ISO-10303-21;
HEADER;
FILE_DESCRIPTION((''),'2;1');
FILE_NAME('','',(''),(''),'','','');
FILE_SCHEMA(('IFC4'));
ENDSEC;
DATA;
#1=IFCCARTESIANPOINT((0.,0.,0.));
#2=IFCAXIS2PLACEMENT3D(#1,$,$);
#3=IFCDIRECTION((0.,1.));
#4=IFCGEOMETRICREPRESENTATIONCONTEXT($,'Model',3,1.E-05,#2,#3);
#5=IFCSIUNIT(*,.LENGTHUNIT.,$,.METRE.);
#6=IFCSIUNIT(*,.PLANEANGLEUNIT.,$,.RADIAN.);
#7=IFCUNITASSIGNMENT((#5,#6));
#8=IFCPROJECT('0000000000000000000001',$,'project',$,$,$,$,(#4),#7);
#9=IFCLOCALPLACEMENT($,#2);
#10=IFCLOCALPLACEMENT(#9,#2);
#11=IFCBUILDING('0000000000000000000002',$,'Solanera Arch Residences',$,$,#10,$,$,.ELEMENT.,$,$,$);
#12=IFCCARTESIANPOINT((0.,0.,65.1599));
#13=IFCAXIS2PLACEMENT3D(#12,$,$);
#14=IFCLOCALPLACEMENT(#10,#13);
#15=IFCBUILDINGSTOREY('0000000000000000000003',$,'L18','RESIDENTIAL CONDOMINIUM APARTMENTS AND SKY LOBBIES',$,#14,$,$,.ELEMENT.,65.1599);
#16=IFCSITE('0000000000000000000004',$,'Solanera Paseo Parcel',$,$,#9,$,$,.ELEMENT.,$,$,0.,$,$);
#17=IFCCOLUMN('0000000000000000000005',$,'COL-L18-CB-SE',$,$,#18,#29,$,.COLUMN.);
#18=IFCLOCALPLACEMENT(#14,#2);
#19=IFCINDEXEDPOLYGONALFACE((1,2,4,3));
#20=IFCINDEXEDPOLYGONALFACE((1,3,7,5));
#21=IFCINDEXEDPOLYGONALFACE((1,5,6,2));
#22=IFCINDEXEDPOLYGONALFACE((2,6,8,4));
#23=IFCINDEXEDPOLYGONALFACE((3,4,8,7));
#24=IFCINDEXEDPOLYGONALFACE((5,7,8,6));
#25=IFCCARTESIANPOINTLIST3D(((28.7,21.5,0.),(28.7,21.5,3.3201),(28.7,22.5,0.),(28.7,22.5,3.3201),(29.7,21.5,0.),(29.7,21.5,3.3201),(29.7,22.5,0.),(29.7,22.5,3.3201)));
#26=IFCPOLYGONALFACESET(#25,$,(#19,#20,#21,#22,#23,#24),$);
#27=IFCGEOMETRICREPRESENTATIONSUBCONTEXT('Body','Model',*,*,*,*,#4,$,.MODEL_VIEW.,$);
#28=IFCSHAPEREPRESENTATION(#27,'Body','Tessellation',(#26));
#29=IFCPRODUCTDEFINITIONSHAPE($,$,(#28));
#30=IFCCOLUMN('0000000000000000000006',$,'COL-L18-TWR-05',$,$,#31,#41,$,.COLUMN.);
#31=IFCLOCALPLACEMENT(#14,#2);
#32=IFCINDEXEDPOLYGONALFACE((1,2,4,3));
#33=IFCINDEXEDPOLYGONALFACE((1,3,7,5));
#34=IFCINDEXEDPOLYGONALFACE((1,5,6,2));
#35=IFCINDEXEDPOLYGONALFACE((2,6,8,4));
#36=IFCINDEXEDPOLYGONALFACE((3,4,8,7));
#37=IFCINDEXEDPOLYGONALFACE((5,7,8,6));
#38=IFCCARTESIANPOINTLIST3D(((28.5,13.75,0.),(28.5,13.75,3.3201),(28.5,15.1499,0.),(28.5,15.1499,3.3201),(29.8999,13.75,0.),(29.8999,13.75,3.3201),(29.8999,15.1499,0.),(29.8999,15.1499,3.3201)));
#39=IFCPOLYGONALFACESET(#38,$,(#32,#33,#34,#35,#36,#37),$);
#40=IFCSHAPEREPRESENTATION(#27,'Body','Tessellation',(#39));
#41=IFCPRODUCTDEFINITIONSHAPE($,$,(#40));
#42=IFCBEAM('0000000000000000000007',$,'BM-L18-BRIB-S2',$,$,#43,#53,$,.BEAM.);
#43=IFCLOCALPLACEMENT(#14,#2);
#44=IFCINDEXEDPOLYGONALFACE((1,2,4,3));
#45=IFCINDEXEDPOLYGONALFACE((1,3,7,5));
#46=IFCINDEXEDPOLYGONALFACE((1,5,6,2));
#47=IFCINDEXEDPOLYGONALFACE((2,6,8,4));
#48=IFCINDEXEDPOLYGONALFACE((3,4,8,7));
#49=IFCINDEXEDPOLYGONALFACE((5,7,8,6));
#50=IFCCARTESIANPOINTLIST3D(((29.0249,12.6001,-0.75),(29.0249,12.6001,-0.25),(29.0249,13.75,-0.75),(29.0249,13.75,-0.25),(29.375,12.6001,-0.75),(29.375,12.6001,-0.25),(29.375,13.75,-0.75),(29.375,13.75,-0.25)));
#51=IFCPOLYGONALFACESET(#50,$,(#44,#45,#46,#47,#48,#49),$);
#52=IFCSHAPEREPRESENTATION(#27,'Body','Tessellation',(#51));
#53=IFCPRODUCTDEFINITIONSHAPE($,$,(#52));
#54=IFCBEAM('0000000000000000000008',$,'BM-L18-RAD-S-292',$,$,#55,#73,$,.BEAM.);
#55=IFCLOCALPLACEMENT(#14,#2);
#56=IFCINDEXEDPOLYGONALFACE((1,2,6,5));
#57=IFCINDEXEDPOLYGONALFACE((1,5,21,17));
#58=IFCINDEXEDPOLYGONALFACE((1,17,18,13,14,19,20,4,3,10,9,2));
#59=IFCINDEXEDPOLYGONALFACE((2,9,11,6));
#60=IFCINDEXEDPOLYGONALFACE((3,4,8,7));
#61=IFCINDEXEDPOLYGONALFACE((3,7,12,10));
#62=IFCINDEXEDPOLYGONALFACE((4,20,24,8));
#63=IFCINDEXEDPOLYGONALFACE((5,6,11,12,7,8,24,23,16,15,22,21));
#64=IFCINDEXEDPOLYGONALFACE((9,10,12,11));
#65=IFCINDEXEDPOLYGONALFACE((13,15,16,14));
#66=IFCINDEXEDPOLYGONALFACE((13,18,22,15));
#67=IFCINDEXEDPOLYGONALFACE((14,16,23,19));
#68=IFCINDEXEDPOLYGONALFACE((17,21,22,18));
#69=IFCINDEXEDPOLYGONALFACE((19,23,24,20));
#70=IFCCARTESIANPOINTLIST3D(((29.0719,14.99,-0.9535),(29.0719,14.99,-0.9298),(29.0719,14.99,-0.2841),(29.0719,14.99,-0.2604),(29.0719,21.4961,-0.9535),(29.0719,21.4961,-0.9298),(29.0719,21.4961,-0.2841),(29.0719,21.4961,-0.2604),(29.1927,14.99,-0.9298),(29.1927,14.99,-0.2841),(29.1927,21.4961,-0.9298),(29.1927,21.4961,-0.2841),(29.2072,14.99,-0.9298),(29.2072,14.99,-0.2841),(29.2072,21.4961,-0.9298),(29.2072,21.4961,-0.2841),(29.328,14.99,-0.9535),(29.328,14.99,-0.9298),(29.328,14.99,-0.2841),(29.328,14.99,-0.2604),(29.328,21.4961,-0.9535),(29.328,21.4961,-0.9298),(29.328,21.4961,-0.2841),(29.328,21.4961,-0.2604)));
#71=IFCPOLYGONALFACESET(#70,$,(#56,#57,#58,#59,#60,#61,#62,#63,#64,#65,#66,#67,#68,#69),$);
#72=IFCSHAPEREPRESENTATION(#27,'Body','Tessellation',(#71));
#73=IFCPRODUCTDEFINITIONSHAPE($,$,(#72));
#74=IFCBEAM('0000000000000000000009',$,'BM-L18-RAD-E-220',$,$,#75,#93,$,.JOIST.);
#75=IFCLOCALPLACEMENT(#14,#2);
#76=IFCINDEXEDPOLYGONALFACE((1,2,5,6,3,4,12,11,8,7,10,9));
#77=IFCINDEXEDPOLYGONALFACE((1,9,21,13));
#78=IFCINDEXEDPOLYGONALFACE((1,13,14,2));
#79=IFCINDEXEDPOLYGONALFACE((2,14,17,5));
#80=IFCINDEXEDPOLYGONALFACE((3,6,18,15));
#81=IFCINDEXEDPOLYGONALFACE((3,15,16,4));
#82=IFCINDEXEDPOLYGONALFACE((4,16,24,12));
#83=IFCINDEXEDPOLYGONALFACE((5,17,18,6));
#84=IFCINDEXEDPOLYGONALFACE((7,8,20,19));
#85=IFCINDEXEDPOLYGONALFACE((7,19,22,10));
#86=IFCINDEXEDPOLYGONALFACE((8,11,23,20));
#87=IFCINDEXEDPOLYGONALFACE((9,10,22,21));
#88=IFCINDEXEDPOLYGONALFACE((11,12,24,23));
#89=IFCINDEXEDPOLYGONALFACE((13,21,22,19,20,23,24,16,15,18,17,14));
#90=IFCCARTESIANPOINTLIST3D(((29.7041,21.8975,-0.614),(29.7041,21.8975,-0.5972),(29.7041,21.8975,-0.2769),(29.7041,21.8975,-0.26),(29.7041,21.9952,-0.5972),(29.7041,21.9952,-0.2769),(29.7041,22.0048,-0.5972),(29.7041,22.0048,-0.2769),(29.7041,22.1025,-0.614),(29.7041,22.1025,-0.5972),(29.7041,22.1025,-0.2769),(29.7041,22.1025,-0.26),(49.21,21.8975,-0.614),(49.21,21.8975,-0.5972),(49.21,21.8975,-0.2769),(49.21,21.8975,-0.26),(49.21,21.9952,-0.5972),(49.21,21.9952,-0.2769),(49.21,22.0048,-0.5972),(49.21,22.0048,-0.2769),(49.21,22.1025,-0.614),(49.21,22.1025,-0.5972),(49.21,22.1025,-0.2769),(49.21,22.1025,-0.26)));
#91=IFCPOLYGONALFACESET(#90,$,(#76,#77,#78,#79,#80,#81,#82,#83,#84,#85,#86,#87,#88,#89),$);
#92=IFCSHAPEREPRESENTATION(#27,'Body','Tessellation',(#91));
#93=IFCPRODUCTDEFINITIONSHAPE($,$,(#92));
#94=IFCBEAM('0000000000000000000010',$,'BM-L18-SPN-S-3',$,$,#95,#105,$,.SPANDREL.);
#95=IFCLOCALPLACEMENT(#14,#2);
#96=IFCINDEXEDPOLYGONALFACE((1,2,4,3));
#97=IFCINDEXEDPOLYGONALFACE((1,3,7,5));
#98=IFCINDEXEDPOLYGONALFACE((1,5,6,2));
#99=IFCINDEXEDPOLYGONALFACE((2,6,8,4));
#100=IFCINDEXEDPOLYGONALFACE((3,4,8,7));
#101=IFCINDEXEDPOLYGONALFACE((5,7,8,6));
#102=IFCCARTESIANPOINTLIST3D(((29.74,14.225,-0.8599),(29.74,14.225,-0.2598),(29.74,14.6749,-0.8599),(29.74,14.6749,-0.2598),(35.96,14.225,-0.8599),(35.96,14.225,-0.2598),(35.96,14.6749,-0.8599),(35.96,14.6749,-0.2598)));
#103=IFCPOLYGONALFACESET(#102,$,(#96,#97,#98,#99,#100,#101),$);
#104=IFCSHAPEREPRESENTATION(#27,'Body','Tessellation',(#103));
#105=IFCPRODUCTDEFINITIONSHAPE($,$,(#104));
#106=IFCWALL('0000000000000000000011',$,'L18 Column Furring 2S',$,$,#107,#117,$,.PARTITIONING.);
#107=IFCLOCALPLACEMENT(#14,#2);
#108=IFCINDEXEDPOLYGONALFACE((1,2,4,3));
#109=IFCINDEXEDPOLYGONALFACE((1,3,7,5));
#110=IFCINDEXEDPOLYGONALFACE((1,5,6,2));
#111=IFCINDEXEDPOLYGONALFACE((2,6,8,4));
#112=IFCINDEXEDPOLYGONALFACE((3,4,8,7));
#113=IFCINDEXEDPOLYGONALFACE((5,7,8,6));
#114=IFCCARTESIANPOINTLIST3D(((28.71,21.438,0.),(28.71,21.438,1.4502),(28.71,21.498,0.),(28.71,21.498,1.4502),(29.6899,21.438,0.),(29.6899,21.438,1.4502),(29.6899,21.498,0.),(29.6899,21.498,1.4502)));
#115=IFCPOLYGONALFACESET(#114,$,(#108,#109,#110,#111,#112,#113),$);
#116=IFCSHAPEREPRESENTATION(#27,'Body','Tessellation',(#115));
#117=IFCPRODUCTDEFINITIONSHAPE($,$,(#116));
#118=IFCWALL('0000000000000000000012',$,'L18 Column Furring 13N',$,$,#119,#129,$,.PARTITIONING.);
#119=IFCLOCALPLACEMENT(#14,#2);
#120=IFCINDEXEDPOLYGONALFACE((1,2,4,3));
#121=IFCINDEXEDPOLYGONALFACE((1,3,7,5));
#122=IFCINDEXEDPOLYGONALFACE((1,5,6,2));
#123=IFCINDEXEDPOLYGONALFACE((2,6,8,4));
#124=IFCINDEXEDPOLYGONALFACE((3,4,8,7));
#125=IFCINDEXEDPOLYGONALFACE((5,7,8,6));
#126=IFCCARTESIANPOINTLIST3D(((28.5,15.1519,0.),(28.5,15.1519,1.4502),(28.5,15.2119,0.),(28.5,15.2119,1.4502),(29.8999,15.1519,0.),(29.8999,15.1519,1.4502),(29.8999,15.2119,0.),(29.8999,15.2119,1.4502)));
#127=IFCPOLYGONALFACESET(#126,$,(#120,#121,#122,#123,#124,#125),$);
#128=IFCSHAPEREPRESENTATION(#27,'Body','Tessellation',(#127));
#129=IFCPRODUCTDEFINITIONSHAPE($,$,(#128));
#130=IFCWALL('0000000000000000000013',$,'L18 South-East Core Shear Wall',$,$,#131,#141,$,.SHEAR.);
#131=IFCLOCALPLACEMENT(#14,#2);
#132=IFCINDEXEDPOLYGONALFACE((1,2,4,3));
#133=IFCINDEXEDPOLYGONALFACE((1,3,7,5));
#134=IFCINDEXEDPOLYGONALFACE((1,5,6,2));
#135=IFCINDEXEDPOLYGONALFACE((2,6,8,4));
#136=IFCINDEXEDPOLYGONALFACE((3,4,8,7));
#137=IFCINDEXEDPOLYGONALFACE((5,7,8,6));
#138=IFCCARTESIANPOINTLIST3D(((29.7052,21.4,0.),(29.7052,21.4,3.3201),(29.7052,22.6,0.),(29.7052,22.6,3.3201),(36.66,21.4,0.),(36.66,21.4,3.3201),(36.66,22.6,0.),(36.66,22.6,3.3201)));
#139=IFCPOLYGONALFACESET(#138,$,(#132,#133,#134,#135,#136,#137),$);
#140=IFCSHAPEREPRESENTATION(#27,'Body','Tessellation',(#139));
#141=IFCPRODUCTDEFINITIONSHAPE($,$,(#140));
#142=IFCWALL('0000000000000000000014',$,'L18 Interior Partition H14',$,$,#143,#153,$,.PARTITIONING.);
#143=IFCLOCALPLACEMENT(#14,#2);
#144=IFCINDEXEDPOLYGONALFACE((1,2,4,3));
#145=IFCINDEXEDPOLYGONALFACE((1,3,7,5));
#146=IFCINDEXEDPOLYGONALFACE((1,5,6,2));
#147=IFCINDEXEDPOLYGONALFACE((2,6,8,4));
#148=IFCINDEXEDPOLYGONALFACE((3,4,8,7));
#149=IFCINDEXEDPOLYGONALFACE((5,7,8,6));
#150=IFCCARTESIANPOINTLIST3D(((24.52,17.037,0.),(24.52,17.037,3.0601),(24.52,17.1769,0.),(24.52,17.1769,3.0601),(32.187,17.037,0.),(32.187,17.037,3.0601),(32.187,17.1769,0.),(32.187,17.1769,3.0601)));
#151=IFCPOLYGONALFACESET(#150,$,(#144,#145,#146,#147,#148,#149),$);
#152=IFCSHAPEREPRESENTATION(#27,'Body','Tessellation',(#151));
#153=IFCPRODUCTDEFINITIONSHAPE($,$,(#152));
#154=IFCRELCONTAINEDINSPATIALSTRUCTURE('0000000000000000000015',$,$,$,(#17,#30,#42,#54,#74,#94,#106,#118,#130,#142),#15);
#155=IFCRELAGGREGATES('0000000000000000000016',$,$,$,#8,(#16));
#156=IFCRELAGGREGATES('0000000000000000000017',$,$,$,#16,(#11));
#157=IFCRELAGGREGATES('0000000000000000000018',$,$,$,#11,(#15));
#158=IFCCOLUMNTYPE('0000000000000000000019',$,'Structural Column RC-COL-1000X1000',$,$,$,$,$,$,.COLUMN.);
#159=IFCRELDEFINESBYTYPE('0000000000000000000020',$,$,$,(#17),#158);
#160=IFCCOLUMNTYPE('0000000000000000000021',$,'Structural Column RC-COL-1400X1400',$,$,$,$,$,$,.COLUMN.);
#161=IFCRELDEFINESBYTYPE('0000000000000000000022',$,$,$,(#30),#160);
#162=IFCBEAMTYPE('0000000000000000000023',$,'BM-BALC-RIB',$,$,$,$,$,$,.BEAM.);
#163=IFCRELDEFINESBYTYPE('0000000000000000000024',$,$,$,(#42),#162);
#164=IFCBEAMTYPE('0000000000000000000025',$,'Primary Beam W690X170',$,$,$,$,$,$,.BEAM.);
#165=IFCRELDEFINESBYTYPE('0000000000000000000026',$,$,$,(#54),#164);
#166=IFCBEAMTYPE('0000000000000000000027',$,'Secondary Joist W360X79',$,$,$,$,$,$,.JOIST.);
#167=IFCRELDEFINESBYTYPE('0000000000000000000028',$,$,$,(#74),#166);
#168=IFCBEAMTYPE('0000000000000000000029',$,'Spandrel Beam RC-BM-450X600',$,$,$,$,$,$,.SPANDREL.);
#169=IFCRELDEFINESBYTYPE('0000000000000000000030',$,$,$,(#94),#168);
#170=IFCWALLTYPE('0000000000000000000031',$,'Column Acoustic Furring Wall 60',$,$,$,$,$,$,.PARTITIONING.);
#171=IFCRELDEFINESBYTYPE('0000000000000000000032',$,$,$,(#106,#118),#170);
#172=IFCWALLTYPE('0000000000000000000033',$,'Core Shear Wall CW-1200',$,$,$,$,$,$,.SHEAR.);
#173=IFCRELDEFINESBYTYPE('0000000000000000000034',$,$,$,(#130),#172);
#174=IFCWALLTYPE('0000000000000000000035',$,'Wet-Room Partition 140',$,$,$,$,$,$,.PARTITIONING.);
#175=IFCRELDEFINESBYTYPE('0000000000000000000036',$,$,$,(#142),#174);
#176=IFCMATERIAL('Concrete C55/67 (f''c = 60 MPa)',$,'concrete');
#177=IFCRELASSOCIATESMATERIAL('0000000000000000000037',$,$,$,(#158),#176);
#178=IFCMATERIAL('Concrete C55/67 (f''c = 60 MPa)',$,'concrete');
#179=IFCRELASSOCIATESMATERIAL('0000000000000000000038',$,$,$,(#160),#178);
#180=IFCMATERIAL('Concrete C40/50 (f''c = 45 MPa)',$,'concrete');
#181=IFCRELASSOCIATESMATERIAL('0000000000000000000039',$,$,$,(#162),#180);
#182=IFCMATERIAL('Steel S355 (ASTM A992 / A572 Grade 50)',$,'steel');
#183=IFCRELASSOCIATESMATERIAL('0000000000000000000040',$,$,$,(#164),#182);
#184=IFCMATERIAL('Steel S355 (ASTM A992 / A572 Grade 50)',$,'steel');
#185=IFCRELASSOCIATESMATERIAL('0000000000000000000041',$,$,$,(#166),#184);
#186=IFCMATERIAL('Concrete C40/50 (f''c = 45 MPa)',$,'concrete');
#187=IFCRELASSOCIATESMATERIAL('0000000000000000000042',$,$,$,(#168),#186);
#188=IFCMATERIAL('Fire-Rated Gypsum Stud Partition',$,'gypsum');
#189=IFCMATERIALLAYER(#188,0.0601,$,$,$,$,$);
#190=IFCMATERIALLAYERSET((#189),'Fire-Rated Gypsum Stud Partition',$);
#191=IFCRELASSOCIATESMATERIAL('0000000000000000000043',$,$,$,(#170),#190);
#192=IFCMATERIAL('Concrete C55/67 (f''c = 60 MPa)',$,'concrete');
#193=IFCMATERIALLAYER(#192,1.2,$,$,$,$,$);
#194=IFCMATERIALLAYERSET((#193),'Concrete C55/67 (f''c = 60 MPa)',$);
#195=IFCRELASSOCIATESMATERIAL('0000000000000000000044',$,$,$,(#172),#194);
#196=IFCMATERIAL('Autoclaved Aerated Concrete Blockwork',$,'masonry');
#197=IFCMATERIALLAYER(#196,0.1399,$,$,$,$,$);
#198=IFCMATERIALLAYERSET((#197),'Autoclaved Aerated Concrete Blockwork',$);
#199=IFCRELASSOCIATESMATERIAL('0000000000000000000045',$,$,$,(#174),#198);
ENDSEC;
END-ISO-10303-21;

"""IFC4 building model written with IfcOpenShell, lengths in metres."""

from ifc_helpers import new_model, si_unit, direction, frame, frame_2d, origin, origin_2d, place, context, subcontext, project, spatial, rectangle, i_section, extrude, material, layer, layer_set, material_profile, profile_set, type_object, element, save


model = new_model("IFC4")

# Units and contexts
model_context = context("Model", 3, precision=1e-05, world=origin(), true_north=direction((0.0, 1.0)))
body_context = subcontext(model_context, "Body", "Model", "MODEL_VIEW")
ifc_project = project(units=[si_unit("LENGTHUNIT", "METRE"), si_unit("PLANEANGLEUNIT", "RADIAN")], contexts=[model_context])

# Site, building, storey
site_placement = place(None, origin())
site = spatial("IfcSite", under=ifc_project, at=site_placement, Name="Solanera Paseo Parcel", CompositionType="ELEMENT", RefElevation=0.0)
building_placement = place(site_placement, origin())
building = spatial("IfcBuilding", under=site, at=building_placement, Name="Solanera Arch Residences", CompositionType="ELEMENT")
storey_placement = place(building_placement, frame((0.0, 0.0, 65.1599)))
storey = spatial("IfcBuildingStorey", under=building, at=storey_placement, Name="L18", Description="RESIDENTIAL CONDOMINIUM APARTMENTS AND SKY LOBBIES", CompositionType="ELEMENT", Elevation=65.1599)

# Columns
ifc_material_1 = material(Name="Concrete C55/67 (f'c = 60 MPa)", Category="concrete")
ifc_material_profile_1 = material_profile(ifc_material_1, rectangle(XDim=1.0, YDim=1.0, at=origin_2d()))
ifc_profile_set_1 = profile_set([ifc_material_profile_1], Name="Concrete C55/67 (f'c = 60 MPa)")
column_type_1 = type_object("IfcColumnType", Name="Structural Column RC-COL-1000X1000", PredefinedType="COLUMN", material=ifc_profile_set_1)
column_1_placement = place(storey_placement, frame((29.2, 22.0, 0.0), z_axis=(0.0, 0.0, 1.0), x_axis=(1.0, 0.0, 0.0)))
element("IfcColumn", 1, at=column_1_placement, inside=storey, type_object=column_type_1, Name="COL-L18-CB-SE", PredefinedType="COLUMN", context=body_context, shape_type="SweptSolid", body=[
    extrude(rectangle(XDim=1.0, YDim=1.0, at=origin_2d()), origin(), (0.0, 0.0, 1.0), 3.3201),
])
ifc_material_2 = material(Name="Concrete C55/67 (f'c = 60 MPa)", Category="concrete")
ifc_material_profile_2 = material_profile(ifc_material_2, rectangle(XDim=1.3999, YDim=1.3999, at=origin_2d()))
ifc_profile_set_2 = profile_set([ifc_material_profile_2], Name="Concrete C55/67 (f'c = 60 MPa)")
column_type_2 = type_object("IfcColumnType", Name="Structural Column RC-COL-1400X1400", PredefinedType="COLUMN", material=ifc_profile_set_2)
column_2_placement = place(storey_placement, frame((29.2, 14.45, 0.0), z_axis=(0.0, 0.0, 1.0), x_axis=(1.0, 0.0, 0.0)))
element("IfcColumn", 2, at=column_2_placement, inside=storey, type_object=column_type_2, Name="COL-L18-TWR-05", PredefinedType="COLUMN", context=body_context, shape_type="SweptSolid", body=[
    extrude(rectangle(XDim=1.3999, YDim=1.3999, at=origin_2d()), origin(), (0.0, 0.0, 1.0), 3.3201),
])

# Beams
ifc_material_3 = material(Name="Concrete C40/50 (f'c = 45 MPa)", Category="concrete")
ifc_material_profile_3 = material_profile(ifc_material_3, rectangle(XDim=0.3501, YDim=0.5, at=origin_2d()))
ifc_profile_set_3 = profile_set([ifc_material_profile_3], Name="Concrete C40/50 (f'c = 45 MPa)")
beam_type_1 = type_object("IfcBeamType", Name="BM-BALC-RIB", PredefinedType="BEAM", material=ifc_profile_set_3)
beam_1_placement = place(storey_placement, frame((29.2, 12.6001, -0.5), z_axis=(0.0, 1.0, 0.0), x_axis=(-1.0, 0.0, 0.0)))
element("IfcBeam", 3, at=beam_1_placement, inside=storey, type_object=beam_type_1, Name="BM-L18-BRIB-S2", PredefinedType="BEAM", context=body_context, shape_type="SweptSolid", body=[
    extrude(rectangle(XDim=0.3501, YDim=0.5, at=origin_2d()), origin(), (0.0, 0.0, 1.0), 1.1499),
])
ifc_material_4 = material(Name="Steel S355 (ASTM A992 / A572 Grade 50)", Category="steel")
ifc_material_profile_4 = material_profile(ifc_material_4, i_section(OverallWidth=0.2561, OverallDepth=0.6931, WebThickness=0.0144, FlangeThickness=0.0237, at=origin_2d()))
ifc_profile_set_4 = profile_set([ifc_material_profile_4], Name="Steel S355 (ASTM A992 / A572 Grade 50)")
beam_type_2 = type_object("IfcBeamType", Name="Primary Beam W690X170", PredefinedType="BEAM", material=ifc_profile_set_4)
beam_2_placement = place(storey_placement, frame((29.2, 14.99, -0.6069), z_axis=(0.0, 1.0, 0.0), x_axis=(-1.0, 0.0, 0.0)))
element("IfcBeam", 4, at=beam_2_placement, inside=storey, type_object=beam_type_2, Name="BM-L18-RAD-S-292", PredefinedType="BEAM", context=body_context, shape_type="SweptSolid", body=[
    extrude(i_section(OverallWidth=0.2561, OverallDepth=0.6931, WebThickness=0.0144, FlangeThickness=0.0237, at=origin_2d()), origin(), (0.0, 0.0, 1.0), 6.5061),
])
ifc_material_5 = material(Name="Steel S355 (ASTM A992 / A572 Grade 50)", Category="steel")
ifc_material_profile_5 = material_profile(ifc_material_5, i_section(OverallWidth=0.2051, OverallDepth=0.354, WebThickness=0.0095, FlangeThickness=0.0168, at=origin_2d()))
ifc_profile_set_5 = profile_set([ifc_material_profile_5], Name="Steel S355 (ASTM A992 / A572 Grade 50)")
beam_type_3 = type_object("IfcBeamType", Name="Secondary Joist W360X79", PredefinedType="JOIST", material=ifc_profile_set_5)
beam_3_placement = place(storey_placement, frame((29.7041, 22.0, -0.437), z_axis=(1.0, 0.0, 0.0), x_axis=(0.0, 1.0, 0.0)))
element("IfcBeam", 5, at=beam_3_placement, inside=storey, type_object=beam_type_3, Name="BM-L18-RAD-E-220", PredefinedType="JOIST", context=body_context, shape_type="SweptSolid", body=[
    extrude(i_section(OverallWidth=0.2051, OverallDepth=0.354, WebThickness=0.0095, FlangeThickness=0.0168, at=origin_2d()), origin(), (0.0, 0.0, 1.0), 19.5059),
])
ifc_material_6 = material(Name="Concrete C40/50 (f'c = 45 MPa)", Category="concrete")
ifc_material_profile_6 = material_profile(ifc_material_6, rectangle(XDim=0.45, YDim=0.6001, at=origin_2d()))
ifc_profile_set_6 = profile_set([ifc_material_profile_6], Name="Concrete C40/50 (f'c = 45 MPa)")
beam_type_4 = type_object("IfcBeamType", Name="Spandrel Beam RC-BM-450X600", PredefinedType="SPANDREL", material=ifc_profile_set_6)
beam_4_placement = place(storey_placement, frame((29.74, 14.45, -0.5598), z_axis=(1.0, 0.0, 0.0), x_axis=(0.0, 1.0, 0.0)))
element("IfcBeam", 6, at=beam_4_placement, inside=storey, type_object=beam_type_4, Name="BM-L18-SPN-S-3", PredefinedType="SPANDREL", context=body_context, shape_type="SweptSolid", body=[
    extrude(rectangle(XDim=0.45, YDim=0.6001, at=origin_2d()), origin(), (0.0, 0.0, 1.0), 6.22),
])

# Walls
ifc_material_7 = material(Name="Fire-Rated Gypsum Stud Partition", Category="gypsum")
ifc_layer_1 = layer(ifc_material_7, 0.0601)
ifc_layer_set_1 = layer_set([ifc_layer_1], Name="Fire-Rated Gypsum Stud Partition")
wall_type_1 = type_object("IfcWallType", Name="Column Acoustic Furring Wall 60", PredefinedType="PARTITIONING", material=ifc_layer_set_1)
wall_1_placement = place(storey_placement, frame((28.71, 21.468, 0.0), z_axis=(0.0, 0.0, 1.0), x_axis=(1.0, 0.0, 0.0)))
element("IfcWall", 7, at=wall_1_placement, inside=storey, type_object=wall_type_1, Name="L18 Column Furring 2S", PredefinedType="PARTITIONING", context=body_context, shape_type="SweptSolid", body=[
    extrude(rectangle(XDim=0.98, YDim=0.0601, at=frame_2d((0.49, 0.0))), origin(), (0.0, 0.0, 1.0), 1.4502),
])
wall_2_placement = place(storey_placement, frame((28.5, 15.1819, 0.0), z_axis=(0.0, 0.0, 1.0), x_axis=(1.0, 0.0, 0.0)))
element("IfcWall", 8, at=wall_2_placement, inside=storey, type_object=wall_type_1, Name="L18 Column Furring 13N", PredefinedType="PARTITIONING", context=body_context, shape_type="SweptSolid", body=[
    extrude(rectangle(XDim=1.3999, YDim=0.0601, at=frame_2d((0.7, 0.0))), origin(), (0.0, 0.0, 1.0), 1.4502),
])
ifc_material_8 = material(Name="Concrete C55/67 (f'c = 60 MPa)", Category="concrete")
ifc_layer_2 = layer(ifc_material_8, 1.2)
ifc_layer_set_2 = layer_set([ifc_layer_2], Name="Concrete C55/67 (f'c = 60 MPa)")
wall_type_2 = type_object("IfcWallType", Name="Core Shear Wall CW-1200", PredefinedType="SHEAR", material=ifc_layer_set_2)
wall_3_placement = place(storey_placement, frame((29.7051, 22.0, 0.0), z_axis=(0.0, 0.0, 1.0), x_axis=(1.0, 0.0, 0.0)))
element("IfcWall", 9, at=wall_3_placement, inside=storey, type_object=wall_type_2, Name="L18 South-East Core Shear Wall", PredefinedType="SHEAR", context=body_context, shape_type="SweptSolid", body=[
    extrude(rectangle(XDim=6.9548, YDim=1.2, at=frame_2d((3.4775, 0.0))), origin(), (0.0, 0.0, 1.0), 3.3201),
])
ifc_material_9 = material(Name="Autoclaved Aerated Concrete Blockwork", Category="masonry")
ifc_layer_3 = layer(ifc_material_9, 0.1399)
ifc_layer_set_3 = layer_set([ifc_layer_3], Name="Autoclaved Aerated Concrete Blockwork")
wall_type_3 = type_object("IfcWallType", Name="Wet-Room Partition 140", PredefinedType="PARTITIONING", material=ifc_layer_set_3)
wall_4_placement = place(storey_placement, frame((24.52, 17.1069, 0.0), z_axis=(0.0, 0.0, 1.0), x_axis=(1.0, 0.0, 0.0)))
element("IfcWall", 10, at=wall_4_placement, inside=storey, type_object=wall_type_3, Name="L18 Interior Partition H14", PredefinedType="PARTITIONING", context=body_context, shape_type="SweptSolid", body=[
    extrude(rectangle(XDim=7.667, YDim=0.1399, at=frame_2d((3.8335, 0.0))), origin(), (0.0, 0.0, 1.0), 3.0601),
])

save(model, "model.ifc")
